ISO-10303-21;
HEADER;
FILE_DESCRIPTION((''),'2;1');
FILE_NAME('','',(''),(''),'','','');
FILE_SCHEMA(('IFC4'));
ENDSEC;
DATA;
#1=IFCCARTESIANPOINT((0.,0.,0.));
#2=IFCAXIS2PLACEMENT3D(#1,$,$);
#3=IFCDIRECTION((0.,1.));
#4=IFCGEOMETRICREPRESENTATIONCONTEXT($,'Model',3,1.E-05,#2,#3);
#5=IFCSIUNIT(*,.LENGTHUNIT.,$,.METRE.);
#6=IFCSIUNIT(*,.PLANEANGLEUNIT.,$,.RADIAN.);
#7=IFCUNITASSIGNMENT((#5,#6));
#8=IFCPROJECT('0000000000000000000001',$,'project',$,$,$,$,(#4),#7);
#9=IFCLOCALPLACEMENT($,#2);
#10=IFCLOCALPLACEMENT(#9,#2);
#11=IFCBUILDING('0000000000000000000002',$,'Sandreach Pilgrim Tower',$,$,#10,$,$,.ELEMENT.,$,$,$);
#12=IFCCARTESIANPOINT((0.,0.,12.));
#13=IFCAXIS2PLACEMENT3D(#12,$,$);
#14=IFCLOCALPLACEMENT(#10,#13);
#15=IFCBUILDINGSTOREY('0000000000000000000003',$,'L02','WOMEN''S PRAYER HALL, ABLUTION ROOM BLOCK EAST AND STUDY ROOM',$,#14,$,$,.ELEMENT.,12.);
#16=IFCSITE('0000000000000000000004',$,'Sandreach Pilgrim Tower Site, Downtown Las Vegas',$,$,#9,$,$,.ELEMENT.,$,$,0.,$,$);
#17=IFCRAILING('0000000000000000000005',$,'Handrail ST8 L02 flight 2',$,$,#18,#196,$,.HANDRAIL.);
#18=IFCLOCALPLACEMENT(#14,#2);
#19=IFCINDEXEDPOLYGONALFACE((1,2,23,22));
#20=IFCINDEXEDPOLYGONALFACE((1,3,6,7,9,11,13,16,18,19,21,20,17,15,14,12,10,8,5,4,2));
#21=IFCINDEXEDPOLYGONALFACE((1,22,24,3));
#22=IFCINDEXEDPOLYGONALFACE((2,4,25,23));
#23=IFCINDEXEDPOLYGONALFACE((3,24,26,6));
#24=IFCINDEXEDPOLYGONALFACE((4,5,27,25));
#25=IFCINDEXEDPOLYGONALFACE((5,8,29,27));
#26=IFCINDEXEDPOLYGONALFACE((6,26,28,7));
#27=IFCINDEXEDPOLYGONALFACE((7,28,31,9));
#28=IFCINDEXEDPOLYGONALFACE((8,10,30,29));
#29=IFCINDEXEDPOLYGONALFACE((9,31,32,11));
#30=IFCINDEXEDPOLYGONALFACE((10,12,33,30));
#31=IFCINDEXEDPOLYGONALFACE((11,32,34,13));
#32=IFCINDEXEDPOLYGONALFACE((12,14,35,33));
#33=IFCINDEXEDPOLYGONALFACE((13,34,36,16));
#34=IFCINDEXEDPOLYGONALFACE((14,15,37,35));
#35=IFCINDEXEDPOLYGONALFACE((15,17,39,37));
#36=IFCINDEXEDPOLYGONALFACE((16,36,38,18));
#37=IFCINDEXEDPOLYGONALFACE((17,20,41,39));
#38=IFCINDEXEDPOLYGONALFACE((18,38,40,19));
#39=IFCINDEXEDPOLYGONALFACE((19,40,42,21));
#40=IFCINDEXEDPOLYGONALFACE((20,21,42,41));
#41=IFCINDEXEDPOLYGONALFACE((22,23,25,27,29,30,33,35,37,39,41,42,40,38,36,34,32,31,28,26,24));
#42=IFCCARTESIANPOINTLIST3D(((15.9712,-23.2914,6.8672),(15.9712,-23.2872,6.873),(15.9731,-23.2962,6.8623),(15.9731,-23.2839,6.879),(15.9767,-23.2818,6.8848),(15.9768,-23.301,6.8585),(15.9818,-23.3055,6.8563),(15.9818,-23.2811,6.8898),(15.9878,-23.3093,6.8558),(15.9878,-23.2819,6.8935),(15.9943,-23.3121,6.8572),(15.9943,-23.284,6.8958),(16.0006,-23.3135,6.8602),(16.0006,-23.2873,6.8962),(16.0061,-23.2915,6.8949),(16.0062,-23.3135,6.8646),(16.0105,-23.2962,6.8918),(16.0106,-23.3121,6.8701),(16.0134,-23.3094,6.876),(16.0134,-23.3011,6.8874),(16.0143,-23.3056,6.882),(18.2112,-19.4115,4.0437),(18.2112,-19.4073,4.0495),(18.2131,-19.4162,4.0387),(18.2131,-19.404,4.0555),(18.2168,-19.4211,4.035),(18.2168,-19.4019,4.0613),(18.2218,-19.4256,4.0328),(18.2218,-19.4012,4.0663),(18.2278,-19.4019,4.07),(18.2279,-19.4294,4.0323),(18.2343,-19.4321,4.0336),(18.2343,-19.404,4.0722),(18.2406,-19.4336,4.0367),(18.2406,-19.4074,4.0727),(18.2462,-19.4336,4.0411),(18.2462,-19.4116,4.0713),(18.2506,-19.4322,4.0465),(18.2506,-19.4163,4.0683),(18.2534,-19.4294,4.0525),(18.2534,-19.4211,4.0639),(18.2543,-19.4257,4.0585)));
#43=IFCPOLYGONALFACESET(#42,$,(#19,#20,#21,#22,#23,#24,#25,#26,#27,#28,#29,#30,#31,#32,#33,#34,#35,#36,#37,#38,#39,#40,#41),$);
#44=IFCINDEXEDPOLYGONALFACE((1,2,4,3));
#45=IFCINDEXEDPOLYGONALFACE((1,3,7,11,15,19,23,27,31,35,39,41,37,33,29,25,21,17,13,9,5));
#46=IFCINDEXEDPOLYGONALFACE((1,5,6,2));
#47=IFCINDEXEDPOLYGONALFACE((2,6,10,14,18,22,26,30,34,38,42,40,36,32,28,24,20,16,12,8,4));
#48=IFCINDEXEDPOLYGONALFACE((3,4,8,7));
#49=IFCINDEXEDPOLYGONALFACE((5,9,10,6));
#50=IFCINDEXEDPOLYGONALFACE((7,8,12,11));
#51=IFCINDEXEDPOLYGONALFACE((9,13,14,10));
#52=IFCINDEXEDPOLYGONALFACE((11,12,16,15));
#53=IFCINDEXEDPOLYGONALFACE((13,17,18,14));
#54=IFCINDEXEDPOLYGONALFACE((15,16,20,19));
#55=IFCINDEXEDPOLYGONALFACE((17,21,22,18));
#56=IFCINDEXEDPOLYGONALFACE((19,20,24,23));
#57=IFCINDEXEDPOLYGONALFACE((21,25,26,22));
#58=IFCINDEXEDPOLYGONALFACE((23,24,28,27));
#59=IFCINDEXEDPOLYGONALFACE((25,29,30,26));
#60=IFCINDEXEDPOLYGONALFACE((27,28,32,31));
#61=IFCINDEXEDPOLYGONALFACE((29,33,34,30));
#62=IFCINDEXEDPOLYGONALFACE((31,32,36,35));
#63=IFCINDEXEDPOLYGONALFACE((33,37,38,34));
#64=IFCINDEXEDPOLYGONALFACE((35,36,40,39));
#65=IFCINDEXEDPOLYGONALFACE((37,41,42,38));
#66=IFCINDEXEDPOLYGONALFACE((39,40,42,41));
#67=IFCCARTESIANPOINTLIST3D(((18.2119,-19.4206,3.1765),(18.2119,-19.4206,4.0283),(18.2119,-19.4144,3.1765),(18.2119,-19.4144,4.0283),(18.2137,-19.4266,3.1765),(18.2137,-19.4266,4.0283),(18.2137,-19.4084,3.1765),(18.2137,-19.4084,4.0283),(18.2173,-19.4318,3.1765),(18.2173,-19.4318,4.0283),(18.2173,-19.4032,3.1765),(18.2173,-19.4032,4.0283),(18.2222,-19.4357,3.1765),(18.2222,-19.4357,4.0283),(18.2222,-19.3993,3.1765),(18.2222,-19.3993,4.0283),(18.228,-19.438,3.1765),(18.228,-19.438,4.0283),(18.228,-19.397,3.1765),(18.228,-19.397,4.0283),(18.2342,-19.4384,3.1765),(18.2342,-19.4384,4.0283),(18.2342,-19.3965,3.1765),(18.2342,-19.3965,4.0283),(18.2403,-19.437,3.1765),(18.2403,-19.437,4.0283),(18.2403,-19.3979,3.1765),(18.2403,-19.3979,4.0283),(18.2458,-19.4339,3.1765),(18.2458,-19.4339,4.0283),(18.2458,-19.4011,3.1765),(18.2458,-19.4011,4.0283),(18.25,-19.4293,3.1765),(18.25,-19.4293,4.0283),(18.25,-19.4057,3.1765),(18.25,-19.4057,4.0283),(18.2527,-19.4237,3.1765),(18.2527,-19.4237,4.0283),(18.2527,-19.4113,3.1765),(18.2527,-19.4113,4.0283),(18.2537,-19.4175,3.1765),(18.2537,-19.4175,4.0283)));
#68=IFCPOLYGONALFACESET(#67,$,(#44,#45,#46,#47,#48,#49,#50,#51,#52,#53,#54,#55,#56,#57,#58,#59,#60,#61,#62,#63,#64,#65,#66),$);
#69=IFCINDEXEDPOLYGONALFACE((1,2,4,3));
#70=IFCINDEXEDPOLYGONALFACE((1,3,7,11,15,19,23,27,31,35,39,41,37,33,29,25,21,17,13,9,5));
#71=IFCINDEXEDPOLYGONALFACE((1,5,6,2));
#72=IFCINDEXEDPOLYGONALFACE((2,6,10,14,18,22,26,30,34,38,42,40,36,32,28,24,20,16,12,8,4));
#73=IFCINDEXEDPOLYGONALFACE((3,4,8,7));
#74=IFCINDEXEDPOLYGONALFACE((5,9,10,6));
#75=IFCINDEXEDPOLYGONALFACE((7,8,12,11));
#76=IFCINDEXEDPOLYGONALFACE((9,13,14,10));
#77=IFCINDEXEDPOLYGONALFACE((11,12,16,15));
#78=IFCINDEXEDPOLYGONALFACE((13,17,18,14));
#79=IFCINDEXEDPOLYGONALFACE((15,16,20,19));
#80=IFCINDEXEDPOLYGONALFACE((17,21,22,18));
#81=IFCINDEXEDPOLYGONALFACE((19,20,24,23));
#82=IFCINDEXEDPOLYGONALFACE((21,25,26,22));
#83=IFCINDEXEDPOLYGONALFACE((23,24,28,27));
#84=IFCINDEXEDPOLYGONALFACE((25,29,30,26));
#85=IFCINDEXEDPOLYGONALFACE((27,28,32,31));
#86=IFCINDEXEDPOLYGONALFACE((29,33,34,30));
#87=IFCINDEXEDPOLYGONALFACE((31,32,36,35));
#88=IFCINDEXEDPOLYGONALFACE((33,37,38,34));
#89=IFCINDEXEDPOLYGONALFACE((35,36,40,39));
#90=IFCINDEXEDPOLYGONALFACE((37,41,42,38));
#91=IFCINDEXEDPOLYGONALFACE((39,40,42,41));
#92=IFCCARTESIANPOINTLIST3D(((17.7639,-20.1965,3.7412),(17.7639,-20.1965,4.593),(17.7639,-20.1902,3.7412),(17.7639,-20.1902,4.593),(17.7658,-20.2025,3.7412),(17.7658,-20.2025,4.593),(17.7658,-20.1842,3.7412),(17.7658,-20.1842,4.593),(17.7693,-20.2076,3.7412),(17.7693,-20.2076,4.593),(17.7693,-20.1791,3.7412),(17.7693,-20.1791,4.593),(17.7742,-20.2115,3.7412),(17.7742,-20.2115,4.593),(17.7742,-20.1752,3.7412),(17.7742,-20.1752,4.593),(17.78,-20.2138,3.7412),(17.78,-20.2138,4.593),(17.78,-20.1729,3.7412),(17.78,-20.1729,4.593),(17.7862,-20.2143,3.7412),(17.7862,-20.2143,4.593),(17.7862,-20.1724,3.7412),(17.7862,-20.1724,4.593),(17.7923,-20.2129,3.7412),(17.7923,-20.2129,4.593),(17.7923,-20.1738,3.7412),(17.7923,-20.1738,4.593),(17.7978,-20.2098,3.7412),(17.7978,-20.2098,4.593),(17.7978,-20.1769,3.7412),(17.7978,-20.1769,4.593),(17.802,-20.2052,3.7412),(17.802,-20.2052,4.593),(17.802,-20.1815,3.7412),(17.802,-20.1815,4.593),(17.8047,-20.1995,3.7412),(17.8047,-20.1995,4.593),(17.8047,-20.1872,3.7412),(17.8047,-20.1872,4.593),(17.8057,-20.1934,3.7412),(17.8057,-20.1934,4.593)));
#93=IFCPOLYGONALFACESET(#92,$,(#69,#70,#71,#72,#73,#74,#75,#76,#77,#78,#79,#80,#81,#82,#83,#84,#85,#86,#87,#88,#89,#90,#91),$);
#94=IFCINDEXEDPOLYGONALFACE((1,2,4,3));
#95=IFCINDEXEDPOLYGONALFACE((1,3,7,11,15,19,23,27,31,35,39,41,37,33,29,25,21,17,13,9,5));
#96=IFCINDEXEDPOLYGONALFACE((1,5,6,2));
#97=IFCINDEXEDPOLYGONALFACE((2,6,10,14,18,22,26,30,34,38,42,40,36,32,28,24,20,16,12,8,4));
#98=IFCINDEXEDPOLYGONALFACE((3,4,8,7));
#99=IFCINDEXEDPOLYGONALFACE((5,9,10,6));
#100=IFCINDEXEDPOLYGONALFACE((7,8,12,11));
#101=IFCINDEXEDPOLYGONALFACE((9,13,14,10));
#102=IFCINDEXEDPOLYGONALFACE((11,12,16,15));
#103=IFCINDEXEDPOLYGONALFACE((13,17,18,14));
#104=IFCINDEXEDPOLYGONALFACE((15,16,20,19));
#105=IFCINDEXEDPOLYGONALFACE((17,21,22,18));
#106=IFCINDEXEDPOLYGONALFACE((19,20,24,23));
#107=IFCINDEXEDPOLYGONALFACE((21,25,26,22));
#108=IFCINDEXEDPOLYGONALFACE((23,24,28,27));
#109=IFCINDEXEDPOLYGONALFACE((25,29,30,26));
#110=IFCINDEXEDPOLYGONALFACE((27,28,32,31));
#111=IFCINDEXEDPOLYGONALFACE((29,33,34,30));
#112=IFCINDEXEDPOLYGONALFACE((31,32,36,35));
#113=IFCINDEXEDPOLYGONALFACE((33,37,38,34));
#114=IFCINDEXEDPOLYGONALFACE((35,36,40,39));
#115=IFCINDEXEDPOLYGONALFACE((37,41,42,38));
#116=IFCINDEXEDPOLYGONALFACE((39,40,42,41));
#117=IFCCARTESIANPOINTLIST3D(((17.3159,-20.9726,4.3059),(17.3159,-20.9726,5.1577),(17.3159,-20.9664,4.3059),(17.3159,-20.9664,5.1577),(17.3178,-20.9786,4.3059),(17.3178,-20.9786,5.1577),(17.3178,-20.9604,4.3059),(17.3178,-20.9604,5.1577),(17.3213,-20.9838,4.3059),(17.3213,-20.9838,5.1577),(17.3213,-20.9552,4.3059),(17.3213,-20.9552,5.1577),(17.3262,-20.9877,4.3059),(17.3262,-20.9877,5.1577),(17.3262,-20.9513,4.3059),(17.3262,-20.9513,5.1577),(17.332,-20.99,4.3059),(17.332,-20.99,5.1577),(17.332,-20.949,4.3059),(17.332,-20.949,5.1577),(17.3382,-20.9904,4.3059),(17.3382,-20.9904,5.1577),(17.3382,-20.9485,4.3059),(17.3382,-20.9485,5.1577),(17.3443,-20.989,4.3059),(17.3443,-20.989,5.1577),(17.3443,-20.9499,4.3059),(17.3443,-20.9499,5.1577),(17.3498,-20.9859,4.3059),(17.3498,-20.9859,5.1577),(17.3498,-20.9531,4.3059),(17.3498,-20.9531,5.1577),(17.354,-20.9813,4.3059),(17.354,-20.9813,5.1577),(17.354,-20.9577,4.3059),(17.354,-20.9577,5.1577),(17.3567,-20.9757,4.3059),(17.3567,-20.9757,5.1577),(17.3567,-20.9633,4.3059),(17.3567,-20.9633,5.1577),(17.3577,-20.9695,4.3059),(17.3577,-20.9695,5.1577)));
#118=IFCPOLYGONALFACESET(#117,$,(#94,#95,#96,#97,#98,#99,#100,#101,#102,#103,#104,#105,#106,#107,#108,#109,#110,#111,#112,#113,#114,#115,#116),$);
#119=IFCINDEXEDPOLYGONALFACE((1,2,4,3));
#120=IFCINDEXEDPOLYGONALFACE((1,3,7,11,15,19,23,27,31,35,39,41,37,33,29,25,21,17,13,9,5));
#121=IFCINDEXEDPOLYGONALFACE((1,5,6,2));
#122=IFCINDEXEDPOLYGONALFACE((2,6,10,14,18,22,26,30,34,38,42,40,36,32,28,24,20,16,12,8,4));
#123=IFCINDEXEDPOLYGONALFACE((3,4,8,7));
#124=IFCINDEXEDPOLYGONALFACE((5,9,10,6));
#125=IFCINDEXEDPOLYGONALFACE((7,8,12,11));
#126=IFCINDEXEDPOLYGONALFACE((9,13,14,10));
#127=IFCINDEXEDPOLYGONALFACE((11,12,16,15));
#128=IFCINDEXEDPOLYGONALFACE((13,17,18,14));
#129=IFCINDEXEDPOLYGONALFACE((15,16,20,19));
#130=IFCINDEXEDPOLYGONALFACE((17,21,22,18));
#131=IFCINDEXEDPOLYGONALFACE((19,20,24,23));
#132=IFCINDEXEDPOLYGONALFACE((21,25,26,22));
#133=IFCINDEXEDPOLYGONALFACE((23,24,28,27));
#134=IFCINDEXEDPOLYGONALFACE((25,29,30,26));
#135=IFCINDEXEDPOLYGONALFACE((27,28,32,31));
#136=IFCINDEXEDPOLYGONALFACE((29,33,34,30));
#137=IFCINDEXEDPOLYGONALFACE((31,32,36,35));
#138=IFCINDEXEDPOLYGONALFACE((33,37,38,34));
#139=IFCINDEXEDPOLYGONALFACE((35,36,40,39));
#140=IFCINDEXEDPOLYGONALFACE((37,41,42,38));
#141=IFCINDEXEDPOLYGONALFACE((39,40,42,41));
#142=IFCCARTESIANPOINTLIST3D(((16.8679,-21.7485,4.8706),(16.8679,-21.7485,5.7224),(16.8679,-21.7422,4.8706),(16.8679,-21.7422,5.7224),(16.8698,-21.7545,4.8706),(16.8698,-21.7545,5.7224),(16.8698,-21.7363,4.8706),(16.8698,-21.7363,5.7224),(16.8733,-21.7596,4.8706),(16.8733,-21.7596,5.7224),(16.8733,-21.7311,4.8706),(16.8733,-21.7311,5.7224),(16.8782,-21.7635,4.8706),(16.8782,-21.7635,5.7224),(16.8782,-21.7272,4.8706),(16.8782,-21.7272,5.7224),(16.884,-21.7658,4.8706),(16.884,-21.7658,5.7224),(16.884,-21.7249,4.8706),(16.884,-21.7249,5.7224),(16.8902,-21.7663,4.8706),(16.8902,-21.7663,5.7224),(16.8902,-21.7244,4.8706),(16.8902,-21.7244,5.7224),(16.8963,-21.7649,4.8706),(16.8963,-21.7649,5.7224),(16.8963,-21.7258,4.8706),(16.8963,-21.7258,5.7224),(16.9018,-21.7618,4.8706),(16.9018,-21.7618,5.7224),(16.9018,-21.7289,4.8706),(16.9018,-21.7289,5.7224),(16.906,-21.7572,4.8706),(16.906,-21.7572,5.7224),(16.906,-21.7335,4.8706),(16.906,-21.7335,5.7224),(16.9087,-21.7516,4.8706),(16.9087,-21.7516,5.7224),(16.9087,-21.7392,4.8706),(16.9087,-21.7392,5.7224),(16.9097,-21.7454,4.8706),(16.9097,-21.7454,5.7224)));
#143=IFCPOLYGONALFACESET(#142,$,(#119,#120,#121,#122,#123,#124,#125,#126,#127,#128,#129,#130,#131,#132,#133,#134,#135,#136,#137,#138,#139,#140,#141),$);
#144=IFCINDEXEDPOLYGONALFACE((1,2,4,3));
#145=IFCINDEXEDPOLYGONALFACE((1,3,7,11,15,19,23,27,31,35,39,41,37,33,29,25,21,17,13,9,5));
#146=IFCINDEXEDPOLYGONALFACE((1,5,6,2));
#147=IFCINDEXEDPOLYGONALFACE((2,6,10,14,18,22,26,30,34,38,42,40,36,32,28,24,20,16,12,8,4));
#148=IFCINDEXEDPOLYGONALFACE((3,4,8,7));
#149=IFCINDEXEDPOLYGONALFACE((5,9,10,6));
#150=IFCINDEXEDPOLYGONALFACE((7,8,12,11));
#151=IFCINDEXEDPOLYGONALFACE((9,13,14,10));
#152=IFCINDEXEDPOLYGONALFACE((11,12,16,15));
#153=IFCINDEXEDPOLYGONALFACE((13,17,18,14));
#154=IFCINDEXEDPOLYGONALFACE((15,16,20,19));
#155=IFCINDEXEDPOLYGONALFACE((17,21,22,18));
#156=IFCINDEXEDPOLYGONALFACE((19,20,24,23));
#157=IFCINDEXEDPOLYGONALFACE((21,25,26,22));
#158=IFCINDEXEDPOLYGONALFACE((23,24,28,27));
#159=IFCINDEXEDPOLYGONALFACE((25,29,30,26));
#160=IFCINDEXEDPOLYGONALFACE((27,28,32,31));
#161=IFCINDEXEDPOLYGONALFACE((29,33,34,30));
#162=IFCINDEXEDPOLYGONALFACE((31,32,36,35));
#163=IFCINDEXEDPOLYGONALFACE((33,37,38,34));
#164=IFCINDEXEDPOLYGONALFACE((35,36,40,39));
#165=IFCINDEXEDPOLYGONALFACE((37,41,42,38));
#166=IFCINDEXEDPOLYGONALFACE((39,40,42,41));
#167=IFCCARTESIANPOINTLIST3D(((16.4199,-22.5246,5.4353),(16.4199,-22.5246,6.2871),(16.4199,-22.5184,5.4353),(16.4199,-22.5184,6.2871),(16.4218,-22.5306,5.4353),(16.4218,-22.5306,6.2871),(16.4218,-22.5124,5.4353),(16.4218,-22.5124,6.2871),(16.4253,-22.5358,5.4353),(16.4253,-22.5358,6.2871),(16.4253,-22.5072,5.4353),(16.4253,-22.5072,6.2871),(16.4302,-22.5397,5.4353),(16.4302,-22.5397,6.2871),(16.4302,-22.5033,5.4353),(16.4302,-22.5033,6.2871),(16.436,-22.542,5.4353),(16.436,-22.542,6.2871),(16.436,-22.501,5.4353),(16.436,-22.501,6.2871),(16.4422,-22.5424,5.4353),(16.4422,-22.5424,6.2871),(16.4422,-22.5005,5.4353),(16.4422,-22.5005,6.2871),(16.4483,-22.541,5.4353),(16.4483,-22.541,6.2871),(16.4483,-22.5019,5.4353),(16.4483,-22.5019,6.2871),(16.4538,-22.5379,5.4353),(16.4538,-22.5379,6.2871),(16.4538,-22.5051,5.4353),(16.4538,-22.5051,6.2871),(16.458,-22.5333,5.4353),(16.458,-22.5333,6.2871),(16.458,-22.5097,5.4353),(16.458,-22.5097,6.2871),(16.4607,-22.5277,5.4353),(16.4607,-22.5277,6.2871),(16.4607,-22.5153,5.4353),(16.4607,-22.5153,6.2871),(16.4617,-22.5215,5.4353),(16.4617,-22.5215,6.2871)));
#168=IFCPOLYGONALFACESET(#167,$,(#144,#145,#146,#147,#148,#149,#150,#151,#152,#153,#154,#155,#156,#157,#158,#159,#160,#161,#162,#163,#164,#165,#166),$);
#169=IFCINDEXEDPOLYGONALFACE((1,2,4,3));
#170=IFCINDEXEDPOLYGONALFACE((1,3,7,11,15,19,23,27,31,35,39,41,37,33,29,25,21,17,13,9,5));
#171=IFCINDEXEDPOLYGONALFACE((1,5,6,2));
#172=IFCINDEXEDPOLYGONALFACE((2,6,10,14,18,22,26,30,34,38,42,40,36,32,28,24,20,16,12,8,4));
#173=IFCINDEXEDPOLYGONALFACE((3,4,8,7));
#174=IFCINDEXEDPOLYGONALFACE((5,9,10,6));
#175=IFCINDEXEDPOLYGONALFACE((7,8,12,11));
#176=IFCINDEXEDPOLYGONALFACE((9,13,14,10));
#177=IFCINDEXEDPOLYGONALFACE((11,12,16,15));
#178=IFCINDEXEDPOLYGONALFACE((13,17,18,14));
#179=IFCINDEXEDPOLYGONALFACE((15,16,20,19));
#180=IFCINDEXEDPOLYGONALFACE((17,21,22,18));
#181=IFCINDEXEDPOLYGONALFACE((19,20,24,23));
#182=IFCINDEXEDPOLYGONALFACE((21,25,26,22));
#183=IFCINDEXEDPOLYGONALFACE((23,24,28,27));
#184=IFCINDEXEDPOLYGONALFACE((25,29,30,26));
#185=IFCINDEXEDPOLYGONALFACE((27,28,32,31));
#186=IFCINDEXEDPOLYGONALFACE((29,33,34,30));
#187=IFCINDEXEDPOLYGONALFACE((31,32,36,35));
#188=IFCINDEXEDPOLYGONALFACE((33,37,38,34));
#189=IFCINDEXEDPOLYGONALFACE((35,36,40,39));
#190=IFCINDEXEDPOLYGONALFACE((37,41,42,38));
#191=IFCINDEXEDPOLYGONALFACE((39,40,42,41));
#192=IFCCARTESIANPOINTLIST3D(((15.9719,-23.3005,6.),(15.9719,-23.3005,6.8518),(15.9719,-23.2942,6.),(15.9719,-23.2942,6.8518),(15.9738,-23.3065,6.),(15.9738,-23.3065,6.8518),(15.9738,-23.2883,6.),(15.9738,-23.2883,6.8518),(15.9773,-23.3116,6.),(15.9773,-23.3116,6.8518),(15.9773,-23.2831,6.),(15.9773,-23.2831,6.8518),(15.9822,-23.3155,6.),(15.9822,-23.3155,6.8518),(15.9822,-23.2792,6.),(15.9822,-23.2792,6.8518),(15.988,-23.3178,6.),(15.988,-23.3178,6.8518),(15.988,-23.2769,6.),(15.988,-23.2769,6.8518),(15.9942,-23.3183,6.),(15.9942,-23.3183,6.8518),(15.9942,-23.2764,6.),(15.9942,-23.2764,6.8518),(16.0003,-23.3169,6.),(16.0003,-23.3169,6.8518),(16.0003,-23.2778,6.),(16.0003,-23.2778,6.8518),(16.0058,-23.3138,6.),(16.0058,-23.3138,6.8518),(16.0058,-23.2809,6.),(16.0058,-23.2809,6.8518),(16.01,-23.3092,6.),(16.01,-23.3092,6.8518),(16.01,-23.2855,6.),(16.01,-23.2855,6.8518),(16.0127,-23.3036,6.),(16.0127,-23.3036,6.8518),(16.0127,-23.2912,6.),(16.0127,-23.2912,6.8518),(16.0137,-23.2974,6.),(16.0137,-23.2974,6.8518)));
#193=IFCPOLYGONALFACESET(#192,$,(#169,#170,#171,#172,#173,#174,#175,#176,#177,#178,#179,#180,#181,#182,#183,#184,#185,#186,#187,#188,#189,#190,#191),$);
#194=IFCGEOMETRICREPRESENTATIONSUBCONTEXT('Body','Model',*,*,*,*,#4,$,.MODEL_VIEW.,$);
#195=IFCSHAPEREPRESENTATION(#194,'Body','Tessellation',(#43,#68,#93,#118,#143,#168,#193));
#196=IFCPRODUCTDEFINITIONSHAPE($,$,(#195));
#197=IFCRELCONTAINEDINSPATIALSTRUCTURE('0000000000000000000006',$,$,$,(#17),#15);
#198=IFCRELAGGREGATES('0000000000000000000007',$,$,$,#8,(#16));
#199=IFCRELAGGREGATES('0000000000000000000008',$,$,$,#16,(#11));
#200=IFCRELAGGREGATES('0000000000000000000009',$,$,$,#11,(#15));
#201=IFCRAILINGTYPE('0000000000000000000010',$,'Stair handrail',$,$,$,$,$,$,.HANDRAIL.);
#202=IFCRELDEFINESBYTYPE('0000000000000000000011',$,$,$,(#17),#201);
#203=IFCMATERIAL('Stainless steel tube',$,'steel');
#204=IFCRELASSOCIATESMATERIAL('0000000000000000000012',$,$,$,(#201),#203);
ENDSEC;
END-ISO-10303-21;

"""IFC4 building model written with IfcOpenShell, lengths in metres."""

from ifc_helpers import new_model, si_unit, direction, frame, origin, origin_2d, place, context, subcontext, project, spatial, circle, extrude, material, type_object, element, save


model = new_model("IFC4")

# Units and contexts
model_context = context("Model", 3, precision=1e-05, world=origin(), true_north=direction((0.0, 1.0)))
body_context = subcontext(model_context, "Body", "Model", "MODEL_VIEW")
ifc_project = project(units=[si_unit("LENGTHUNIT", "METRE"), si_unit("PLANEANGLEUNIT", "RADIAN")], contexts=[model_context])

# Site, building, storey
site_placement = place(None, origin())
site = spatial("IfcSite", under=ifc_project, at=site_placement, Name="Sandreach Pilgrim Tower Site, Downtown Las Vegas", CompositionType="ELEMENT", RefElevation=0.0)
building_placement = place(site_placement, origin())
building = spatial("IfcBuilding", under=site, at=building_placement, Name="Sandreach Pilgrim Tower", CompositionType="ELEMENT")
storey_placement = place(building_placement, frame((0.0, 0.0, 12.0)))
storey = spatial("IfcBuildingStorey", under=building, at=storey_placement, Name="L02", Description="WOMEN'S PRAYER HALL, ABLUTION ROOM BLOCK EAST AND STUDY ROOM", CompositionType="ELEMENT", Elevation=12.0)

# Railing
ifc_material_1 = material(Name="Stainless steel tube", Category="steel")
railing_type = type_object("IfcRailingType", Name="Stair handrail", PredefinedType="HANDRAIL", material=ifc_material_1)
for number, where, name in (
    (1, (18.2327, -19.4175, 3.1765), "Handrail ST8 L02 flight 2"),
):
    element("IfcRailing", number, at=place(storey_placement, frame(where)), inside=storey, type_object=railing_type, Name=name, PredefinedType="HANDRAIL", context=body_context, shape_type="SweptSolid", body=[
        extrude(circle(Radius=0.0239, at=origin_2d()), frame((0.0, 0.0, 0.876), z_axis=(-0.422993, -0.732665, 0.533178), x_axis=(0.866031, -0.49999, 0.0)), (0.0, 0.0, 1.0), 5.2957),
        extrude(circle(Radius=0.021, at=origin_2d()), origin(), (0.0, 0.0, 1.0), 0.8518),
        extrude(circle(Radius=0.021, at=origin_2d()), frame((-0.448, -0.7759, 0.5647)), (0.0, 0.0, 1.0), 0.8518),
        extrude(circle(Radius=0.021, at=origin_2d()), frame((-0.896, -1.552, 1.1294)), (0.0, 0.0, 1.0), 0.8518),
        extrude(circle(Radius=0.021, at=origin_2d()), frame((-1.344, -2.3279, 1.6941)), (0.0, 0.0, 1.0), 0.8518),
        extrude(circle(Radius=0.021, at=origin_2d()), frame((-1.792, -3.104, 2.2588)), (0.0, 0.0, 1.0), 0.8518),
        extrude(circle(Radius=0.021, at=origin_2d()), frame((-2.24, -3.8799, 2.8235)), (0.0, 0.0, 1.0), 0.8518),
    ])

save(model, "model.ifc")
